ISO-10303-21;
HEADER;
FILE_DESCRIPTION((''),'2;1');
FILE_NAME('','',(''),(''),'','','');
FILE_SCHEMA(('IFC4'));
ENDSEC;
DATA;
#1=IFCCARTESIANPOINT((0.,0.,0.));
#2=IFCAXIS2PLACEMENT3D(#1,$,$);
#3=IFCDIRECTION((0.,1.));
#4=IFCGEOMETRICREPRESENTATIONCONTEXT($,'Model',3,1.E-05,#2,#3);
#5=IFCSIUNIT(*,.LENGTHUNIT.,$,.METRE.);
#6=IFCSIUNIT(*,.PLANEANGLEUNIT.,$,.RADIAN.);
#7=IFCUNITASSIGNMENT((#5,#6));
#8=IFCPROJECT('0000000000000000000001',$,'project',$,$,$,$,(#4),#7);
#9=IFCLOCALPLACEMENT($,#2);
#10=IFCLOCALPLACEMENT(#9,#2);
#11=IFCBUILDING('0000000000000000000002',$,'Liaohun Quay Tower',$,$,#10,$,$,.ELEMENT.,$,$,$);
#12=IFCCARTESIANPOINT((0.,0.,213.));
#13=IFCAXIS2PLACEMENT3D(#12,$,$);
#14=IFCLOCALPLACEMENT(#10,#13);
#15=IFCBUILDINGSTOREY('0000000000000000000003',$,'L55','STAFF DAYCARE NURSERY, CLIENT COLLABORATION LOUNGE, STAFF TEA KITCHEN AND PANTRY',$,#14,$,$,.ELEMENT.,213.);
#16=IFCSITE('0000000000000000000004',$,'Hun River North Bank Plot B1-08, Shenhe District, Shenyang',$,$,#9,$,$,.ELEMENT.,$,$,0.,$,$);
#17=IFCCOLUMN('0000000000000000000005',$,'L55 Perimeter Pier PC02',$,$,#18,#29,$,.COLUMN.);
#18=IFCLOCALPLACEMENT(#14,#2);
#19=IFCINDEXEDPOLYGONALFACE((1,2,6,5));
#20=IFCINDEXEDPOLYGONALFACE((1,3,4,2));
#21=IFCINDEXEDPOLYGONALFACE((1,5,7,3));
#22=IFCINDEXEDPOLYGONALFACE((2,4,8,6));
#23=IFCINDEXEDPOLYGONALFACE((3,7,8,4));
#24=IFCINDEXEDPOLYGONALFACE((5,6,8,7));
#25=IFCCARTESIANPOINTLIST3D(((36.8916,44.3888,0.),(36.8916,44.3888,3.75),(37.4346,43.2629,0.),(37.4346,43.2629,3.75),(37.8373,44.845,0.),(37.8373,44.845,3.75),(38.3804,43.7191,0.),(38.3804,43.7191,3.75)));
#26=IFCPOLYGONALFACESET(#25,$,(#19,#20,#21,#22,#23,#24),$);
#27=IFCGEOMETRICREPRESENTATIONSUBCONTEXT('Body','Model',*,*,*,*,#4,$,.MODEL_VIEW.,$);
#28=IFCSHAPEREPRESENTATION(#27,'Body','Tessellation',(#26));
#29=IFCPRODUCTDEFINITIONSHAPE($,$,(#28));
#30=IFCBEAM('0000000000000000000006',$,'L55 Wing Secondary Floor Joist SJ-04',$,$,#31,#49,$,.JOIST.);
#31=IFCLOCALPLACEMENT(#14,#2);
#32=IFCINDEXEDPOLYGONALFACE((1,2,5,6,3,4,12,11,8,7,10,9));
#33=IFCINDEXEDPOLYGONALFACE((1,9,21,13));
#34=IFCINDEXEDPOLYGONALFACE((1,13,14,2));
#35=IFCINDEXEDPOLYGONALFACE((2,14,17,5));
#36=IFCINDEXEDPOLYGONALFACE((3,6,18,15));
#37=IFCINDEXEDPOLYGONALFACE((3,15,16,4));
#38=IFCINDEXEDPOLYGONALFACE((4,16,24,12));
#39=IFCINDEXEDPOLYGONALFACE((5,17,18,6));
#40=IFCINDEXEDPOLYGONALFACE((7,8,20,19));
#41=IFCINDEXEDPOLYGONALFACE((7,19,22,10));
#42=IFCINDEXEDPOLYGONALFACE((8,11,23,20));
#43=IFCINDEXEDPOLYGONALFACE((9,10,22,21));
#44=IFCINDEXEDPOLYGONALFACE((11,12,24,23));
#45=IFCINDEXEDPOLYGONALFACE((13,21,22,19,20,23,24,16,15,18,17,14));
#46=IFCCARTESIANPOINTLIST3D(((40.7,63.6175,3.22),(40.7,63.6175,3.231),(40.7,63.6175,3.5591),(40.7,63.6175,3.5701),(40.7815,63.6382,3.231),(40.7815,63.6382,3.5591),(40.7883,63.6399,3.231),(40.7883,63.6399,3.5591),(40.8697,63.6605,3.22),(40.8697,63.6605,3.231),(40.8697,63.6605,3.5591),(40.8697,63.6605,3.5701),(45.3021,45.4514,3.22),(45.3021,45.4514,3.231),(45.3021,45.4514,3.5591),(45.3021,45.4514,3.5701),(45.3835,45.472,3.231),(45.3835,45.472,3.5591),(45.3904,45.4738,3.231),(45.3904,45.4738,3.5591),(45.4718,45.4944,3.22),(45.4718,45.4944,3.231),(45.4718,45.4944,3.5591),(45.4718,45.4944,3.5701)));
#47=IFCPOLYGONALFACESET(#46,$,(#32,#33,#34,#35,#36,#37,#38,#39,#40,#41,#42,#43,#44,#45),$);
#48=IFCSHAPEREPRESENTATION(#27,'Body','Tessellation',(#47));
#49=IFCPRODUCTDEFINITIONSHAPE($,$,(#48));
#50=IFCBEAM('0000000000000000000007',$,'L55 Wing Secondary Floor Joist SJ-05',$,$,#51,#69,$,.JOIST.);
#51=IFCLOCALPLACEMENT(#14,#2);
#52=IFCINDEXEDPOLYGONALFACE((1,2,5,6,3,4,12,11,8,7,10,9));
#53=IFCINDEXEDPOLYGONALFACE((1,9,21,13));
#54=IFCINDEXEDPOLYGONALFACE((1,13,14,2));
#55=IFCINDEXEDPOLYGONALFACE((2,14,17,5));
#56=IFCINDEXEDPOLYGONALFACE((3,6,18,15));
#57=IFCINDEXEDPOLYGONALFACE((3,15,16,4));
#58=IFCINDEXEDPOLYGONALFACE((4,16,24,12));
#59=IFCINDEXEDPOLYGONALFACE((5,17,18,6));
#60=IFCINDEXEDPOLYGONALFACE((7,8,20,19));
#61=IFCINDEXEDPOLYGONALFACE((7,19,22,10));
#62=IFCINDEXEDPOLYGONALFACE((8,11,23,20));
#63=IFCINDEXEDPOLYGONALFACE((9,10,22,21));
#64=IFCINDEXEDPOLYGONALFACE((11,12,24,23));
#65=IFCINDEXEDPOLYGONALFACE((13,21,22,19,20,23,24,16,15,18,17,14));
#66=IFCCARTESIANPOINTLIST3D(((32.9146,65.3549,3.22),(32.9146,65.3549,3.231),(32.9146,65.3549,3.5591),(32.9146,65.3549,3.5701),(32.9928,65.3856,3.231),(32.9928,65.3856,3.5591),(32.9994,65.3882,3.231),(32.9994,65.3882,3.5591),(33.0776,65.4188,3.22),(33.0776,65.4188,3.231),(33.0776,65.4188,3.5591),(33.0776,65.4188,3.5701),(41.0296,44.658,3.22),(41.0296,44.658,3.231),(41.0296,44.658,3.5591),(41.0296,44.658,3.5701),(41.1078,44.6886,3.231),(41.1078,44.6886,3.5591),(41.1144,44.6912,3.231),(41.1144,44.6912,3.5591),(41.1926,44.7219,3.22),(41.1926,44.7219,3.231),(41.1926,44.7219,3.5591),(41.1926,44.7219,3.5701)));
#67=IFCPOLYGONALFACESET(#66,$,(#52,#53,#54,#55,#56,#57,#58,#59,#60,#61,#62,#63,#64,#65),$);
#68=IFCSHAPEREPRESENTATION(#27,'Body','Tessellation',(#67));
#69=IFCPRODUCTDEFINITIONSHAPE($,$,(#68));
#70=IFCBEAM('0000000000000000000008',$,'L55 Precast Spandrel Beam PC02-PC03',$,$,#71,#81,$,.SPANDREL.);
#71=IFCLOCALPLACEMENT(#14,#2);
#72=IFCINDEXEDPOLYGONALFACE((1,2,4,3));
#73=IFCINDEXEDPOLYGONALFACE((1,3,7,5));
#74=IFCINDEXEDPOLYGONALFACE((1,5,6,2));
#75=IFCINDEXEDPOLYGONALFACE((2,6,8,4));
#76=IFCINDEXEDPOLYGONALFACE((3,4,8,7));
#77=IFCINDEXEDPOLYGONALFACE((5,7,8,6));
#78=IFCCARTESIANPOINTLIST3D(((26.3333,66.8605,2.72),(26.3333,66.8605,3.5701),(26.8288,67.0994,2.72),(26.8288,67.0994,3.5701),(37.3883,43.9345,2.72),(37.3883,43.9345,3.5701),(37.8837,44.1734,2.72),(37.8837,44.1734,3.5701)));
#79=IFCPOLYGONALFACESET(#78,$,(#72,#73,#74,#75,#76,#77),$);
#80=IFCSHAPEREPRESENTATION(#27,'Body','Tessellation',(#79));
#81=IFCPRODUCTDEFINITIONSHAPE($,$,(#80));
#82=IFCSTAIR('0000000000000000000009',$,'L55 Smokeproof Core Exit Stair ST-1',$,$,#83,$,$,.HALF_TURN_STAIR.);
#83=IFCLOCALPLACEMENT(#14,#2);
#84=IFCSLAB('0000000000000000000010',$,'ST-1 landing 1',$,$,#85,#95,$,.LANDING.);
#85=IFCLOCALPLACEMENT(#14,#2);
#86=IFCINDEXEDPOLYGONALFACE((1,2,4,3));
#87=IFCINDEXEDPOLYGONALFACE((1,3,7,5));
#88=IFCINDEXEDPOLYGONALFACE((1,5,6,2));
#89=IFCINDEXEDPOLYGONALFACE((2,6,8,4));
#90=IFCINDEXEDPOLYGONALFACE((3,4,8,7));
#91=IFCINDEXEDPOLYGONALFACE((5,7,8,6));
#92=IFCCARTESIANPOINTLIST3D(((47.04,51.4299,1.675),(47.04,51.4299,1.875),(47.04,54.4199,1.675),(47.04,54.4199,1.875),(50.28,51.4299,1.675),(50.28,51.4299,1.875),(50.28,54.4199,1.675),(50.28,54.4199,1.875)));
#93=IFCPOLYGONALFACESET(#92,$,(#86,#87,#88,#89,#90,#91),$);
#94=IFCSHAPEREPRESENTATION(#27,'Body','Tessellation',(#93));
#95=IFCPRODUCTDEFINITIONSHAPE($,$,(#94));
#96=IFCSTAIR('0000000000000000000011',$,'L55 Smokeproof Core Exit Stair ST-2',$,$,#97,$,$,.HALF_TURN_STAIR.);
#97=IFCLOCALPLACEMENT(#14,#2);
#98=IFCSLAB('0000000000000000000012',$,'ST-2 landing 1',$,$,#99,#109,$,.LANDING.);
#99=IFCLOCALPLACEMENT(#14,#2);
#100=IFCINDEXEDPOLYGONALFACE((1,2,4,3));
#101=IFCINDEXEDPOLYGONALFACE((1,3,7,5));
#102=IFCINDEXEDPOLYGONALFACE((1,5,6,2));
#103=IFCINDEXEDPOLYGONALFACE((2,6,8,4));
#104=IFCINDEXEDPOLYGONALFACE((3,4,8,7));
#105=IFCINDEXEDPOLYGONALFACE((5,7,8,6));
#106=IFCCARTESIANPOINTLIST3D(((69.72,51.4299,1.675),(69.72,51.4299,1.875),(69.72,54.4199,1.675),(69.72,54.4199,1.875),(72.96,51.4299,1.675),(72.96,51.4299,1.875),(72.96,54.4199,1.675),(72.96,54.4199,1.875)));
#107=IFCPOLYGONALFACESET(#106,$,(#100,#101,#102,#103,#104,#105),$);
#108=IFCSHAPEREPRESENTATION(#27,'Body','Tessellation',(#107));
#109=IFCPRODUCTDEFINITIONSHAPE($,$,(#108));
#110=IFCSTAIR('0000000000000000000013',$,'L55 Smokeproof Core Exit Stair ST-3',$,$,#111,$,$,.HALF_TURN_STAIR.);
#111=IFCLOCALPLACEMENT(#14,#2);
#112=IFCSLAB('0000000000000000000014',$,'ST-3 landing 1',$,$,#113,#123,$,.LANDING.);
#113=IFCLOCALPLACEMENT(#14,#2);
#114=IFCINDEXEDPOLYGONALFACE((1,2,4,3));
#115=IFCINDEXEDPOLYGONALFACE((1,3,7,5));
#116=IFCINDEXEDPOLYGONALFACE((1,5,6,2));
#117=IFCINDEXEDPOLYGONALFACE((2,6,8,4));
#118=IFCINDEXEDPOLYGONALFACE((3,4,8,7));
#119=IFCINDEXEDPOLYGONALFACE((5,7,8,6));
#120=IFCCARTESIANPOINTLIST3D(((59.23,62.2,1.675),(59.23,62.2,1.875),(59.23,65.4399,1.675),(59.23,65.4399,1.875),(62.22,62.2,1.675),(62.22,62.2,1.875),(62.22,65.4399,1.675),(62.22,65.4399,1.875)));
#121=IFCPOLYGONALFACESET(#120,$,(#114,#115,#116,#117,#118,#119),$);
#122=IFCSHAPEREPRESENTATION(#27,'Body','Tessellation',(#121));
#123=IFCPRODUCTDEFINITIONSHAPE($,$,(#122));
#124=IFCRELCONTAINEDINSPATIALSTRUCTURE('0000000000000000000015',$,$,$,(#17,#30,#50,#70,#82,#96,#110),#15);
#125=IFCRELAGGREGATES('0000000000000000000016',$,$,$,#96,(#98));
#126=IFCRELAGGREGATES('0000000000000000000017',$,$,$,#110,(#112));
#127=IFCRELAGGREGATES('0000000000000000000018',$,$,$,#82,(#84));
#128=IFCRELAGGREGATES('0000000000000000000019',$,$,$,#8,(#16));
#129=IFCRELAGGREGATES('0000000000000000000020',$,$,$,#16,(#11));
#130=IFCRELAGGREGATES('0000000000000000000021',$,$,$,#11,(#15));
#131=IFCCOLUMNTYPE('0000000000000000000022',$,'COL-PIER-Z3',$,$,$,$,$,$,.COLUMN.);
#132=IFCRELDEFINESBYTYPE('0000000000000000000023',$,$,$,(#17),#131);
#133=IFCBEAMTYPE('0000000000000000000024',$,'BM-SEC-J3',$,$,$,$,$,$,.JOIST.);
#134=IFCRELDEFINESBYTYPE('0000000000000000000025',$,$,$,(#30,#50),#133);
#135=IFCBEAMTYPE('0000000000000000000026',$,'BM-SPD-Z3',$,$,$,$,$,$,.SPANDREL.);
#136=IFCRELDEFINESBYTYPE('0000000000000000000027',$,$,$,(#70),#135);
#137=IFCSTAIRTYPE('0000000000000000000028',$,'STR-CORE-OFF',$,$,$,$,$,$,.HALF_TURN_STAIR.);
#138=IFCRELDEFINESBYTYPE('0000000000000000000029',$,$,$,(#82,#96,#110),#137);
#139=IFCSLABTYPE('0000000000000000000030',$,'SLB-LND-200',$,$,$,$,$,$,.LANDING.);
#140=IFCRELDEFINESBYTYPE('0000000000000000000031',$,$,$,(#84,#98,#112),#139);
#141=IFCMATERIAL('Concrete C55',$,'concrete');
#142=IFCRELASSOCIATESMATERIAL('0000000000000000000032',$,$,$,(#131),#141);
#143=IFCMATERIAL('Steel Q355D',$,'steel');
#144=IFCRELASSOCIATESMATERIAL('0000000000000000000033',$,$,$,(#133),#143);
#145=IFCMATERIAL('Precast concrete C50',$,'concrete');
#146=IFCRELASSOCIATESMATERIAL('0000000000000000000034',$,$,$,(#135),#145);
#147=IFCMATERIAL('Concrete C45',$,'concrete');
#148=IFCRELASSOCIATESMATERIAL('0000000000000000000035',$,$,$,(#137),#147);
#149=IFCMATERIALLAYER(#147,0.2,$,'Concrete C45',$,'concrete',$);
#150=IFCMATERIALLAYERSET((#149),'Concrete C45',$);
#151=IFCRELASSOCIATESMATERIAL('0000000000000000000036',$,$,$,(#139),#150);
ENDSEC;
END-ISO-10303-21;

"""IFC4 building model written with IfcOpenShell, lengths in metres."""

from ifc_helpers import new_model, si_unit, direction, frame, origin, origin_2d, place, context, subcontext, project, spatial, polyline, rectangle, i_section, outline, extrude, source, transform, mapped, material, layer, layer_set, material_profile, profile_set, type_object, element, aggregate, save


model = new_model("IFC4")

# Units and contexts
model_context = context("Model", 3, precision=1e-05, world=origin(), true_north=direction((0.0, 1.0)))
body_context = subcontext(model_context, "Body", "Model", "MODEL_VIEW")
ifc_project = project(units=[si_unit("LENGTHUNIT", "METRE"), si_unit("PLANEANGLEUNIT", "RADIAN")], contexts=[model_context])

# Site, building, storey
site_placement = place(None, origin())
site = spatial("IfcSite", under=ifc_project, at=site_placement, Name="Hun River North Bank Plot B1-08, Shenhe District, Shenyang", CompositionType="ELEMENT", RefElevation=0.0)
building_placement = place(site_placement, origin())
building = spatial("IfcBuilding", under=site, at=building_placement, Name="Liaohun Quay Tower", CompositionType="ELEMENT")
storey_placement = place(building_placement, frame((0.0, 0.0, 213.0)))
storey = spatial("IfcBuildingStorey", under=building, at=storey_placement, Name="L55", Description="STAFF DAYCARE NURSERY, CLIENT COLLABORATION LOUNGE, STAFF TEA KITCHEN AND PANTRY", CompositionType="ELEMENT", Elevation=213.0)

# Column
ifc_material_1 = material(Name="Concrete C55", Category="concrete")
ifc_material_profile_1 = material_profile(ifc_material_1, rectangle(XDim=1.25, YDim=1.05, at=origin_2d()), Name="RC1250x1050")
ifc_profile_set_1 = profile_set([ifc_material_profile_1], Name="Concrete C55")
column_type = type_object("IfcColumnType", Name="COL-PIER-Z3", PredefinedType="COLUMN", material=ifc_profile_set_1)
shared_shape_1 = source(origin(), body_context, "Body", "SweptSolid", [
    extrude(rectangle(XDim=1.25, YDim=1.05, at=origin_2d()), origin(), (0.0, 0.0, 1.0), 3.75),
])
column_placement = place(storey_placement, frame((37.636, 44.054, 0.0), z_axis=(0.0, 0.0, 1.0), x_axis=(-0.434445, 0.900698, 0.0)))
element("IfcColumn", 1, at=column_placement, inside=storey, type_object=column_type, Name="L55 Perimeter Pier PC02", PredefinedType="COLUMN", context=body_context, shape_type="MappedRepresentation", body=[
    mapped(shared_shape_1, transform((0.0, 0.0, 0.0), x_axis=(1.0, 0.0, 0.0), y_axis=(0.0, 1.0, 0.0), z_axis=(0.0, 0.0, 1.0), scale=1.0)),
])

# Beams
ifc_material_2 = material(Name="Steel Q355D", Category="steel")
ifc_material_profile_2 = material_profile(ifc_material_2, i_section(OverallWidth=0.175, OverallDepth=0.3501, WebThickness=0.0071, FlangeThickness=0.011, at=origin_2d()), Name="HN350x175x7x11")
ifc_profile_set_2 = profile_set([ifc_material_profile_2], Name="Steel Q355D")
beam_type_1 = type_object("IfcBeamType", Name="BM-SEC-J3", PredefinedType="JOIST", material=ifc_profile_set_2)
shared_shape_2 = source(origin(), body_context, "Body", "SweptSolid", [
    extrude(i_section(OverallWidth=0.175, OverallDepth=0.3501, WebThickness=0.0071, FlangeThickness=0.011, at=origin_2d()), origin(), (0.0, 0.0, 1.0), 18.74),
])
beam_1_placement = place(storey_placement, frame((45.387, 45.4729, 3.395), z_axis=(-0.245575, 0.969378, 0.0), x_axis=(-0.969378, -0.245575, 0.0)))
element("IfcBeam", 2, at=beam_1_placement, inside=storey, type_object=beam_type_1, Name="L55 Wing Secondary Floor Joist SJ-04", PredefinedType="JOIST", context=body_context, shape_type="MappedRepresentation", body=[
    mapped(shared_shape_2, transform((0.0, 0.0, 0.0), x_axis=(1.0, 0.0, 0.0), y_axis=(0.0, 1.0, 0.0), z_axis=(0.0, 0.0, 1.0), scale=1.0)),
])
shared_shape_3 = source(origin(), body_context, "Body", "SweptSolid", [
    extrude(i_section(OverallWidth=0.175, OverallDepth=0.3501, WebThickness=0.0071, FlangeThickness=0.011, at=origin_2d()), origin(), (0.0, 0.0, 1.0), 22.231),
])
beam_2_placement = place(storey_placement, frame((41.1111, 44.6899, 3.395), z_axis=(-0.365029, 0.930996, 0.0), x_axis=(-0.930996, -0.365029, 0.0)))
element("IfcBeam", 3, at=beam_2_placement, inside=storey, type_object=beam_type_1, Name="L55 Wing Secondary Floor Joist SJ-05", PredefinedType="JOIST", context=body_context, shape_type="MappedRepresentation", body=[
    mapped(shared_shape_3, transform((0.0, 0.0, 0.0), x_axis=(1.0, 0.0, 0.0), y_axis=(0.0, 1.0, 0.0), z_axis=(0.0, 0.0, 1.0), scale=1.0)),
])
ifc_material_3 = material(Name="Precast concrete C50", Category="concrete")
ifc_material_profile_3 = material_profile(ifc_material_3, rectangle(XDim=0.55, YDim=0.8501, at=origin_2d()), Name="RC550x850")
ifc_profile_set_3 = profile_set([ifc_material_profile_3], Name="Precast concrete C50")
beam_type_2 = type_object("IfcBeamType", Name="BM-SPD-Z3", PredefinedType="SPANDREL", material=ifc_profile_set_3)
shared_shape_4 = source(origin(), body_context, "Body", "SweptSolid", [
    extrude(rectangle(XDim=0.55, YDim=0.8501, at=origin_2d()), origin(), (0.0, 0.0, 1.0), 25.4521),
])
beam_3_placement = place(storey_placement, frame((37.636, 44.054, 3.145), z_axis=(-0.434341, 0.900749, 0.0), x_axis=(-0.900749, -0.434341, 0.0)))
element("IfcBeam", 4, at=beam_3_placement, inside=storey, type_object=beam_type_2, Name="L55 Precast Spandrel Beam PC02-PC03", PredefinedType="SPANDREL", context=body_context, shape_type="MappedRepresentation", body=[
    mapped(shared_shape_4, transform((0.0, 0.0, 0.0), x_axis=(1.0, 0.0, 0.0), y_axis=(0.0, 1.0, 0.0), z_axis=(0.0, 0.0, 1.0), scale=1.0)),
])

# Stairs, slabs
ifc_material_4 = material(Name="Concrete C45", Category="concrete")
stair_type = type_object("IfcStairType", Name="STR-CORE-OFF", PredefinedType="HALF_TURN_STAIR", material=ifc_material_4)
stair_1_placement = place(storey_placement, origin())
stair_1 = element("IfcStair", 5, at=stair_1_placement, inside=storey, type_object=stair_type, Name="L55 Smokeproof Core Exit Stair ST-1", PredefinedType="HALF_TURN_STAIR")
ifc_layer_1 = layer(ifc_material_4, 0.2, Name="Concrete C45", Category="concrete")
ifc_layer_set_1 = layer_set([ifc_layer_1], Name="Concrete C45")
slab_type_1 = type_object("IfcSlabType", Name="SLB-LND-200", PredefinedType="LANDING", material=ifc_layer_set_1)
slab_1_placement = place(storey_placement, frame((0.0, 0.0, 1.675)))
slab_1 = element("IfcSlab", 6, at=slab_1_placement, type_object=slab_type_1, Name="ST-1 landing 1", PredefinedType="LANDING", context=body_context, shape_type="SweptSolid", body=[
    extrude(outline(polyline([(50.28, 51.4299), (50.28, 54.4199), (47.04, 54.4199), (47.04, 51.4299), (50.28, 51.4299)])), origin(), (0.0, 0.0, 1.0), 0.2),
])
stair_2_placement = place(storey_placement, origin())
stair_2 = element("IfcStair", 7, at=stair_2_placement, inside=storey, type_object=stair_type, Name="L55 Smokeproof Core Exit Stair ST-2", PredefinedType="HALF_TURN_STAIR")
slab_2_placement = place(storey_placement, frame((0.0, 0.0, 1.675)))
slab_2 = element("IfcSlab", 8, at=slab_2_placement, type_object=slab_type_1, Name="ST-2 landing 1", PredefinedType="LANDING", context=body_context, shape_type="SweptSolid", body=[
    extrude(outline(polyline([(72.96, 51.4299), (72.96, 54.4199), (69.72, 54.4199), (69.72, 51.4299), (72.96, 51.4299)])), origin(), (0.0, 0.0, 1.0), 0.2),
])
aggregate(stair_2, [slab_2])
stair_3_placement = place(storey_placement, origin())
stair_3 = element("IfcStair", 9, at=stair_3_placement, inside=storey, type_object=stair_type, Name="L55 Smokeproof Core Exit Stair ST-3", PredefinedType="HALF_TURN_STAIR")
slab_3_placement = place(storey_placement, frame((0.0, 0.0, 1.675)))
slab_3 = element("IfcSlab", 10, at=slab_3_placement, type_object=slab_type_1, Name="ST-3 landing 1", PredefinedType="LANDING", context=body_context, shape_type="SweptSolid", body=[
    extrude(outline(polyline([(59.23, 62.2), (62.22, 62.2), (62.22, 65.4399), (59.23, 65.4399), (59.23, 62.2)])), origin(), (0.0, 0.0, 1.0), 0.2),
])
aggregate(stair_3, [slab_3])

aggregate(stair_1, [slab_1])

save(model, "model.ifc")
